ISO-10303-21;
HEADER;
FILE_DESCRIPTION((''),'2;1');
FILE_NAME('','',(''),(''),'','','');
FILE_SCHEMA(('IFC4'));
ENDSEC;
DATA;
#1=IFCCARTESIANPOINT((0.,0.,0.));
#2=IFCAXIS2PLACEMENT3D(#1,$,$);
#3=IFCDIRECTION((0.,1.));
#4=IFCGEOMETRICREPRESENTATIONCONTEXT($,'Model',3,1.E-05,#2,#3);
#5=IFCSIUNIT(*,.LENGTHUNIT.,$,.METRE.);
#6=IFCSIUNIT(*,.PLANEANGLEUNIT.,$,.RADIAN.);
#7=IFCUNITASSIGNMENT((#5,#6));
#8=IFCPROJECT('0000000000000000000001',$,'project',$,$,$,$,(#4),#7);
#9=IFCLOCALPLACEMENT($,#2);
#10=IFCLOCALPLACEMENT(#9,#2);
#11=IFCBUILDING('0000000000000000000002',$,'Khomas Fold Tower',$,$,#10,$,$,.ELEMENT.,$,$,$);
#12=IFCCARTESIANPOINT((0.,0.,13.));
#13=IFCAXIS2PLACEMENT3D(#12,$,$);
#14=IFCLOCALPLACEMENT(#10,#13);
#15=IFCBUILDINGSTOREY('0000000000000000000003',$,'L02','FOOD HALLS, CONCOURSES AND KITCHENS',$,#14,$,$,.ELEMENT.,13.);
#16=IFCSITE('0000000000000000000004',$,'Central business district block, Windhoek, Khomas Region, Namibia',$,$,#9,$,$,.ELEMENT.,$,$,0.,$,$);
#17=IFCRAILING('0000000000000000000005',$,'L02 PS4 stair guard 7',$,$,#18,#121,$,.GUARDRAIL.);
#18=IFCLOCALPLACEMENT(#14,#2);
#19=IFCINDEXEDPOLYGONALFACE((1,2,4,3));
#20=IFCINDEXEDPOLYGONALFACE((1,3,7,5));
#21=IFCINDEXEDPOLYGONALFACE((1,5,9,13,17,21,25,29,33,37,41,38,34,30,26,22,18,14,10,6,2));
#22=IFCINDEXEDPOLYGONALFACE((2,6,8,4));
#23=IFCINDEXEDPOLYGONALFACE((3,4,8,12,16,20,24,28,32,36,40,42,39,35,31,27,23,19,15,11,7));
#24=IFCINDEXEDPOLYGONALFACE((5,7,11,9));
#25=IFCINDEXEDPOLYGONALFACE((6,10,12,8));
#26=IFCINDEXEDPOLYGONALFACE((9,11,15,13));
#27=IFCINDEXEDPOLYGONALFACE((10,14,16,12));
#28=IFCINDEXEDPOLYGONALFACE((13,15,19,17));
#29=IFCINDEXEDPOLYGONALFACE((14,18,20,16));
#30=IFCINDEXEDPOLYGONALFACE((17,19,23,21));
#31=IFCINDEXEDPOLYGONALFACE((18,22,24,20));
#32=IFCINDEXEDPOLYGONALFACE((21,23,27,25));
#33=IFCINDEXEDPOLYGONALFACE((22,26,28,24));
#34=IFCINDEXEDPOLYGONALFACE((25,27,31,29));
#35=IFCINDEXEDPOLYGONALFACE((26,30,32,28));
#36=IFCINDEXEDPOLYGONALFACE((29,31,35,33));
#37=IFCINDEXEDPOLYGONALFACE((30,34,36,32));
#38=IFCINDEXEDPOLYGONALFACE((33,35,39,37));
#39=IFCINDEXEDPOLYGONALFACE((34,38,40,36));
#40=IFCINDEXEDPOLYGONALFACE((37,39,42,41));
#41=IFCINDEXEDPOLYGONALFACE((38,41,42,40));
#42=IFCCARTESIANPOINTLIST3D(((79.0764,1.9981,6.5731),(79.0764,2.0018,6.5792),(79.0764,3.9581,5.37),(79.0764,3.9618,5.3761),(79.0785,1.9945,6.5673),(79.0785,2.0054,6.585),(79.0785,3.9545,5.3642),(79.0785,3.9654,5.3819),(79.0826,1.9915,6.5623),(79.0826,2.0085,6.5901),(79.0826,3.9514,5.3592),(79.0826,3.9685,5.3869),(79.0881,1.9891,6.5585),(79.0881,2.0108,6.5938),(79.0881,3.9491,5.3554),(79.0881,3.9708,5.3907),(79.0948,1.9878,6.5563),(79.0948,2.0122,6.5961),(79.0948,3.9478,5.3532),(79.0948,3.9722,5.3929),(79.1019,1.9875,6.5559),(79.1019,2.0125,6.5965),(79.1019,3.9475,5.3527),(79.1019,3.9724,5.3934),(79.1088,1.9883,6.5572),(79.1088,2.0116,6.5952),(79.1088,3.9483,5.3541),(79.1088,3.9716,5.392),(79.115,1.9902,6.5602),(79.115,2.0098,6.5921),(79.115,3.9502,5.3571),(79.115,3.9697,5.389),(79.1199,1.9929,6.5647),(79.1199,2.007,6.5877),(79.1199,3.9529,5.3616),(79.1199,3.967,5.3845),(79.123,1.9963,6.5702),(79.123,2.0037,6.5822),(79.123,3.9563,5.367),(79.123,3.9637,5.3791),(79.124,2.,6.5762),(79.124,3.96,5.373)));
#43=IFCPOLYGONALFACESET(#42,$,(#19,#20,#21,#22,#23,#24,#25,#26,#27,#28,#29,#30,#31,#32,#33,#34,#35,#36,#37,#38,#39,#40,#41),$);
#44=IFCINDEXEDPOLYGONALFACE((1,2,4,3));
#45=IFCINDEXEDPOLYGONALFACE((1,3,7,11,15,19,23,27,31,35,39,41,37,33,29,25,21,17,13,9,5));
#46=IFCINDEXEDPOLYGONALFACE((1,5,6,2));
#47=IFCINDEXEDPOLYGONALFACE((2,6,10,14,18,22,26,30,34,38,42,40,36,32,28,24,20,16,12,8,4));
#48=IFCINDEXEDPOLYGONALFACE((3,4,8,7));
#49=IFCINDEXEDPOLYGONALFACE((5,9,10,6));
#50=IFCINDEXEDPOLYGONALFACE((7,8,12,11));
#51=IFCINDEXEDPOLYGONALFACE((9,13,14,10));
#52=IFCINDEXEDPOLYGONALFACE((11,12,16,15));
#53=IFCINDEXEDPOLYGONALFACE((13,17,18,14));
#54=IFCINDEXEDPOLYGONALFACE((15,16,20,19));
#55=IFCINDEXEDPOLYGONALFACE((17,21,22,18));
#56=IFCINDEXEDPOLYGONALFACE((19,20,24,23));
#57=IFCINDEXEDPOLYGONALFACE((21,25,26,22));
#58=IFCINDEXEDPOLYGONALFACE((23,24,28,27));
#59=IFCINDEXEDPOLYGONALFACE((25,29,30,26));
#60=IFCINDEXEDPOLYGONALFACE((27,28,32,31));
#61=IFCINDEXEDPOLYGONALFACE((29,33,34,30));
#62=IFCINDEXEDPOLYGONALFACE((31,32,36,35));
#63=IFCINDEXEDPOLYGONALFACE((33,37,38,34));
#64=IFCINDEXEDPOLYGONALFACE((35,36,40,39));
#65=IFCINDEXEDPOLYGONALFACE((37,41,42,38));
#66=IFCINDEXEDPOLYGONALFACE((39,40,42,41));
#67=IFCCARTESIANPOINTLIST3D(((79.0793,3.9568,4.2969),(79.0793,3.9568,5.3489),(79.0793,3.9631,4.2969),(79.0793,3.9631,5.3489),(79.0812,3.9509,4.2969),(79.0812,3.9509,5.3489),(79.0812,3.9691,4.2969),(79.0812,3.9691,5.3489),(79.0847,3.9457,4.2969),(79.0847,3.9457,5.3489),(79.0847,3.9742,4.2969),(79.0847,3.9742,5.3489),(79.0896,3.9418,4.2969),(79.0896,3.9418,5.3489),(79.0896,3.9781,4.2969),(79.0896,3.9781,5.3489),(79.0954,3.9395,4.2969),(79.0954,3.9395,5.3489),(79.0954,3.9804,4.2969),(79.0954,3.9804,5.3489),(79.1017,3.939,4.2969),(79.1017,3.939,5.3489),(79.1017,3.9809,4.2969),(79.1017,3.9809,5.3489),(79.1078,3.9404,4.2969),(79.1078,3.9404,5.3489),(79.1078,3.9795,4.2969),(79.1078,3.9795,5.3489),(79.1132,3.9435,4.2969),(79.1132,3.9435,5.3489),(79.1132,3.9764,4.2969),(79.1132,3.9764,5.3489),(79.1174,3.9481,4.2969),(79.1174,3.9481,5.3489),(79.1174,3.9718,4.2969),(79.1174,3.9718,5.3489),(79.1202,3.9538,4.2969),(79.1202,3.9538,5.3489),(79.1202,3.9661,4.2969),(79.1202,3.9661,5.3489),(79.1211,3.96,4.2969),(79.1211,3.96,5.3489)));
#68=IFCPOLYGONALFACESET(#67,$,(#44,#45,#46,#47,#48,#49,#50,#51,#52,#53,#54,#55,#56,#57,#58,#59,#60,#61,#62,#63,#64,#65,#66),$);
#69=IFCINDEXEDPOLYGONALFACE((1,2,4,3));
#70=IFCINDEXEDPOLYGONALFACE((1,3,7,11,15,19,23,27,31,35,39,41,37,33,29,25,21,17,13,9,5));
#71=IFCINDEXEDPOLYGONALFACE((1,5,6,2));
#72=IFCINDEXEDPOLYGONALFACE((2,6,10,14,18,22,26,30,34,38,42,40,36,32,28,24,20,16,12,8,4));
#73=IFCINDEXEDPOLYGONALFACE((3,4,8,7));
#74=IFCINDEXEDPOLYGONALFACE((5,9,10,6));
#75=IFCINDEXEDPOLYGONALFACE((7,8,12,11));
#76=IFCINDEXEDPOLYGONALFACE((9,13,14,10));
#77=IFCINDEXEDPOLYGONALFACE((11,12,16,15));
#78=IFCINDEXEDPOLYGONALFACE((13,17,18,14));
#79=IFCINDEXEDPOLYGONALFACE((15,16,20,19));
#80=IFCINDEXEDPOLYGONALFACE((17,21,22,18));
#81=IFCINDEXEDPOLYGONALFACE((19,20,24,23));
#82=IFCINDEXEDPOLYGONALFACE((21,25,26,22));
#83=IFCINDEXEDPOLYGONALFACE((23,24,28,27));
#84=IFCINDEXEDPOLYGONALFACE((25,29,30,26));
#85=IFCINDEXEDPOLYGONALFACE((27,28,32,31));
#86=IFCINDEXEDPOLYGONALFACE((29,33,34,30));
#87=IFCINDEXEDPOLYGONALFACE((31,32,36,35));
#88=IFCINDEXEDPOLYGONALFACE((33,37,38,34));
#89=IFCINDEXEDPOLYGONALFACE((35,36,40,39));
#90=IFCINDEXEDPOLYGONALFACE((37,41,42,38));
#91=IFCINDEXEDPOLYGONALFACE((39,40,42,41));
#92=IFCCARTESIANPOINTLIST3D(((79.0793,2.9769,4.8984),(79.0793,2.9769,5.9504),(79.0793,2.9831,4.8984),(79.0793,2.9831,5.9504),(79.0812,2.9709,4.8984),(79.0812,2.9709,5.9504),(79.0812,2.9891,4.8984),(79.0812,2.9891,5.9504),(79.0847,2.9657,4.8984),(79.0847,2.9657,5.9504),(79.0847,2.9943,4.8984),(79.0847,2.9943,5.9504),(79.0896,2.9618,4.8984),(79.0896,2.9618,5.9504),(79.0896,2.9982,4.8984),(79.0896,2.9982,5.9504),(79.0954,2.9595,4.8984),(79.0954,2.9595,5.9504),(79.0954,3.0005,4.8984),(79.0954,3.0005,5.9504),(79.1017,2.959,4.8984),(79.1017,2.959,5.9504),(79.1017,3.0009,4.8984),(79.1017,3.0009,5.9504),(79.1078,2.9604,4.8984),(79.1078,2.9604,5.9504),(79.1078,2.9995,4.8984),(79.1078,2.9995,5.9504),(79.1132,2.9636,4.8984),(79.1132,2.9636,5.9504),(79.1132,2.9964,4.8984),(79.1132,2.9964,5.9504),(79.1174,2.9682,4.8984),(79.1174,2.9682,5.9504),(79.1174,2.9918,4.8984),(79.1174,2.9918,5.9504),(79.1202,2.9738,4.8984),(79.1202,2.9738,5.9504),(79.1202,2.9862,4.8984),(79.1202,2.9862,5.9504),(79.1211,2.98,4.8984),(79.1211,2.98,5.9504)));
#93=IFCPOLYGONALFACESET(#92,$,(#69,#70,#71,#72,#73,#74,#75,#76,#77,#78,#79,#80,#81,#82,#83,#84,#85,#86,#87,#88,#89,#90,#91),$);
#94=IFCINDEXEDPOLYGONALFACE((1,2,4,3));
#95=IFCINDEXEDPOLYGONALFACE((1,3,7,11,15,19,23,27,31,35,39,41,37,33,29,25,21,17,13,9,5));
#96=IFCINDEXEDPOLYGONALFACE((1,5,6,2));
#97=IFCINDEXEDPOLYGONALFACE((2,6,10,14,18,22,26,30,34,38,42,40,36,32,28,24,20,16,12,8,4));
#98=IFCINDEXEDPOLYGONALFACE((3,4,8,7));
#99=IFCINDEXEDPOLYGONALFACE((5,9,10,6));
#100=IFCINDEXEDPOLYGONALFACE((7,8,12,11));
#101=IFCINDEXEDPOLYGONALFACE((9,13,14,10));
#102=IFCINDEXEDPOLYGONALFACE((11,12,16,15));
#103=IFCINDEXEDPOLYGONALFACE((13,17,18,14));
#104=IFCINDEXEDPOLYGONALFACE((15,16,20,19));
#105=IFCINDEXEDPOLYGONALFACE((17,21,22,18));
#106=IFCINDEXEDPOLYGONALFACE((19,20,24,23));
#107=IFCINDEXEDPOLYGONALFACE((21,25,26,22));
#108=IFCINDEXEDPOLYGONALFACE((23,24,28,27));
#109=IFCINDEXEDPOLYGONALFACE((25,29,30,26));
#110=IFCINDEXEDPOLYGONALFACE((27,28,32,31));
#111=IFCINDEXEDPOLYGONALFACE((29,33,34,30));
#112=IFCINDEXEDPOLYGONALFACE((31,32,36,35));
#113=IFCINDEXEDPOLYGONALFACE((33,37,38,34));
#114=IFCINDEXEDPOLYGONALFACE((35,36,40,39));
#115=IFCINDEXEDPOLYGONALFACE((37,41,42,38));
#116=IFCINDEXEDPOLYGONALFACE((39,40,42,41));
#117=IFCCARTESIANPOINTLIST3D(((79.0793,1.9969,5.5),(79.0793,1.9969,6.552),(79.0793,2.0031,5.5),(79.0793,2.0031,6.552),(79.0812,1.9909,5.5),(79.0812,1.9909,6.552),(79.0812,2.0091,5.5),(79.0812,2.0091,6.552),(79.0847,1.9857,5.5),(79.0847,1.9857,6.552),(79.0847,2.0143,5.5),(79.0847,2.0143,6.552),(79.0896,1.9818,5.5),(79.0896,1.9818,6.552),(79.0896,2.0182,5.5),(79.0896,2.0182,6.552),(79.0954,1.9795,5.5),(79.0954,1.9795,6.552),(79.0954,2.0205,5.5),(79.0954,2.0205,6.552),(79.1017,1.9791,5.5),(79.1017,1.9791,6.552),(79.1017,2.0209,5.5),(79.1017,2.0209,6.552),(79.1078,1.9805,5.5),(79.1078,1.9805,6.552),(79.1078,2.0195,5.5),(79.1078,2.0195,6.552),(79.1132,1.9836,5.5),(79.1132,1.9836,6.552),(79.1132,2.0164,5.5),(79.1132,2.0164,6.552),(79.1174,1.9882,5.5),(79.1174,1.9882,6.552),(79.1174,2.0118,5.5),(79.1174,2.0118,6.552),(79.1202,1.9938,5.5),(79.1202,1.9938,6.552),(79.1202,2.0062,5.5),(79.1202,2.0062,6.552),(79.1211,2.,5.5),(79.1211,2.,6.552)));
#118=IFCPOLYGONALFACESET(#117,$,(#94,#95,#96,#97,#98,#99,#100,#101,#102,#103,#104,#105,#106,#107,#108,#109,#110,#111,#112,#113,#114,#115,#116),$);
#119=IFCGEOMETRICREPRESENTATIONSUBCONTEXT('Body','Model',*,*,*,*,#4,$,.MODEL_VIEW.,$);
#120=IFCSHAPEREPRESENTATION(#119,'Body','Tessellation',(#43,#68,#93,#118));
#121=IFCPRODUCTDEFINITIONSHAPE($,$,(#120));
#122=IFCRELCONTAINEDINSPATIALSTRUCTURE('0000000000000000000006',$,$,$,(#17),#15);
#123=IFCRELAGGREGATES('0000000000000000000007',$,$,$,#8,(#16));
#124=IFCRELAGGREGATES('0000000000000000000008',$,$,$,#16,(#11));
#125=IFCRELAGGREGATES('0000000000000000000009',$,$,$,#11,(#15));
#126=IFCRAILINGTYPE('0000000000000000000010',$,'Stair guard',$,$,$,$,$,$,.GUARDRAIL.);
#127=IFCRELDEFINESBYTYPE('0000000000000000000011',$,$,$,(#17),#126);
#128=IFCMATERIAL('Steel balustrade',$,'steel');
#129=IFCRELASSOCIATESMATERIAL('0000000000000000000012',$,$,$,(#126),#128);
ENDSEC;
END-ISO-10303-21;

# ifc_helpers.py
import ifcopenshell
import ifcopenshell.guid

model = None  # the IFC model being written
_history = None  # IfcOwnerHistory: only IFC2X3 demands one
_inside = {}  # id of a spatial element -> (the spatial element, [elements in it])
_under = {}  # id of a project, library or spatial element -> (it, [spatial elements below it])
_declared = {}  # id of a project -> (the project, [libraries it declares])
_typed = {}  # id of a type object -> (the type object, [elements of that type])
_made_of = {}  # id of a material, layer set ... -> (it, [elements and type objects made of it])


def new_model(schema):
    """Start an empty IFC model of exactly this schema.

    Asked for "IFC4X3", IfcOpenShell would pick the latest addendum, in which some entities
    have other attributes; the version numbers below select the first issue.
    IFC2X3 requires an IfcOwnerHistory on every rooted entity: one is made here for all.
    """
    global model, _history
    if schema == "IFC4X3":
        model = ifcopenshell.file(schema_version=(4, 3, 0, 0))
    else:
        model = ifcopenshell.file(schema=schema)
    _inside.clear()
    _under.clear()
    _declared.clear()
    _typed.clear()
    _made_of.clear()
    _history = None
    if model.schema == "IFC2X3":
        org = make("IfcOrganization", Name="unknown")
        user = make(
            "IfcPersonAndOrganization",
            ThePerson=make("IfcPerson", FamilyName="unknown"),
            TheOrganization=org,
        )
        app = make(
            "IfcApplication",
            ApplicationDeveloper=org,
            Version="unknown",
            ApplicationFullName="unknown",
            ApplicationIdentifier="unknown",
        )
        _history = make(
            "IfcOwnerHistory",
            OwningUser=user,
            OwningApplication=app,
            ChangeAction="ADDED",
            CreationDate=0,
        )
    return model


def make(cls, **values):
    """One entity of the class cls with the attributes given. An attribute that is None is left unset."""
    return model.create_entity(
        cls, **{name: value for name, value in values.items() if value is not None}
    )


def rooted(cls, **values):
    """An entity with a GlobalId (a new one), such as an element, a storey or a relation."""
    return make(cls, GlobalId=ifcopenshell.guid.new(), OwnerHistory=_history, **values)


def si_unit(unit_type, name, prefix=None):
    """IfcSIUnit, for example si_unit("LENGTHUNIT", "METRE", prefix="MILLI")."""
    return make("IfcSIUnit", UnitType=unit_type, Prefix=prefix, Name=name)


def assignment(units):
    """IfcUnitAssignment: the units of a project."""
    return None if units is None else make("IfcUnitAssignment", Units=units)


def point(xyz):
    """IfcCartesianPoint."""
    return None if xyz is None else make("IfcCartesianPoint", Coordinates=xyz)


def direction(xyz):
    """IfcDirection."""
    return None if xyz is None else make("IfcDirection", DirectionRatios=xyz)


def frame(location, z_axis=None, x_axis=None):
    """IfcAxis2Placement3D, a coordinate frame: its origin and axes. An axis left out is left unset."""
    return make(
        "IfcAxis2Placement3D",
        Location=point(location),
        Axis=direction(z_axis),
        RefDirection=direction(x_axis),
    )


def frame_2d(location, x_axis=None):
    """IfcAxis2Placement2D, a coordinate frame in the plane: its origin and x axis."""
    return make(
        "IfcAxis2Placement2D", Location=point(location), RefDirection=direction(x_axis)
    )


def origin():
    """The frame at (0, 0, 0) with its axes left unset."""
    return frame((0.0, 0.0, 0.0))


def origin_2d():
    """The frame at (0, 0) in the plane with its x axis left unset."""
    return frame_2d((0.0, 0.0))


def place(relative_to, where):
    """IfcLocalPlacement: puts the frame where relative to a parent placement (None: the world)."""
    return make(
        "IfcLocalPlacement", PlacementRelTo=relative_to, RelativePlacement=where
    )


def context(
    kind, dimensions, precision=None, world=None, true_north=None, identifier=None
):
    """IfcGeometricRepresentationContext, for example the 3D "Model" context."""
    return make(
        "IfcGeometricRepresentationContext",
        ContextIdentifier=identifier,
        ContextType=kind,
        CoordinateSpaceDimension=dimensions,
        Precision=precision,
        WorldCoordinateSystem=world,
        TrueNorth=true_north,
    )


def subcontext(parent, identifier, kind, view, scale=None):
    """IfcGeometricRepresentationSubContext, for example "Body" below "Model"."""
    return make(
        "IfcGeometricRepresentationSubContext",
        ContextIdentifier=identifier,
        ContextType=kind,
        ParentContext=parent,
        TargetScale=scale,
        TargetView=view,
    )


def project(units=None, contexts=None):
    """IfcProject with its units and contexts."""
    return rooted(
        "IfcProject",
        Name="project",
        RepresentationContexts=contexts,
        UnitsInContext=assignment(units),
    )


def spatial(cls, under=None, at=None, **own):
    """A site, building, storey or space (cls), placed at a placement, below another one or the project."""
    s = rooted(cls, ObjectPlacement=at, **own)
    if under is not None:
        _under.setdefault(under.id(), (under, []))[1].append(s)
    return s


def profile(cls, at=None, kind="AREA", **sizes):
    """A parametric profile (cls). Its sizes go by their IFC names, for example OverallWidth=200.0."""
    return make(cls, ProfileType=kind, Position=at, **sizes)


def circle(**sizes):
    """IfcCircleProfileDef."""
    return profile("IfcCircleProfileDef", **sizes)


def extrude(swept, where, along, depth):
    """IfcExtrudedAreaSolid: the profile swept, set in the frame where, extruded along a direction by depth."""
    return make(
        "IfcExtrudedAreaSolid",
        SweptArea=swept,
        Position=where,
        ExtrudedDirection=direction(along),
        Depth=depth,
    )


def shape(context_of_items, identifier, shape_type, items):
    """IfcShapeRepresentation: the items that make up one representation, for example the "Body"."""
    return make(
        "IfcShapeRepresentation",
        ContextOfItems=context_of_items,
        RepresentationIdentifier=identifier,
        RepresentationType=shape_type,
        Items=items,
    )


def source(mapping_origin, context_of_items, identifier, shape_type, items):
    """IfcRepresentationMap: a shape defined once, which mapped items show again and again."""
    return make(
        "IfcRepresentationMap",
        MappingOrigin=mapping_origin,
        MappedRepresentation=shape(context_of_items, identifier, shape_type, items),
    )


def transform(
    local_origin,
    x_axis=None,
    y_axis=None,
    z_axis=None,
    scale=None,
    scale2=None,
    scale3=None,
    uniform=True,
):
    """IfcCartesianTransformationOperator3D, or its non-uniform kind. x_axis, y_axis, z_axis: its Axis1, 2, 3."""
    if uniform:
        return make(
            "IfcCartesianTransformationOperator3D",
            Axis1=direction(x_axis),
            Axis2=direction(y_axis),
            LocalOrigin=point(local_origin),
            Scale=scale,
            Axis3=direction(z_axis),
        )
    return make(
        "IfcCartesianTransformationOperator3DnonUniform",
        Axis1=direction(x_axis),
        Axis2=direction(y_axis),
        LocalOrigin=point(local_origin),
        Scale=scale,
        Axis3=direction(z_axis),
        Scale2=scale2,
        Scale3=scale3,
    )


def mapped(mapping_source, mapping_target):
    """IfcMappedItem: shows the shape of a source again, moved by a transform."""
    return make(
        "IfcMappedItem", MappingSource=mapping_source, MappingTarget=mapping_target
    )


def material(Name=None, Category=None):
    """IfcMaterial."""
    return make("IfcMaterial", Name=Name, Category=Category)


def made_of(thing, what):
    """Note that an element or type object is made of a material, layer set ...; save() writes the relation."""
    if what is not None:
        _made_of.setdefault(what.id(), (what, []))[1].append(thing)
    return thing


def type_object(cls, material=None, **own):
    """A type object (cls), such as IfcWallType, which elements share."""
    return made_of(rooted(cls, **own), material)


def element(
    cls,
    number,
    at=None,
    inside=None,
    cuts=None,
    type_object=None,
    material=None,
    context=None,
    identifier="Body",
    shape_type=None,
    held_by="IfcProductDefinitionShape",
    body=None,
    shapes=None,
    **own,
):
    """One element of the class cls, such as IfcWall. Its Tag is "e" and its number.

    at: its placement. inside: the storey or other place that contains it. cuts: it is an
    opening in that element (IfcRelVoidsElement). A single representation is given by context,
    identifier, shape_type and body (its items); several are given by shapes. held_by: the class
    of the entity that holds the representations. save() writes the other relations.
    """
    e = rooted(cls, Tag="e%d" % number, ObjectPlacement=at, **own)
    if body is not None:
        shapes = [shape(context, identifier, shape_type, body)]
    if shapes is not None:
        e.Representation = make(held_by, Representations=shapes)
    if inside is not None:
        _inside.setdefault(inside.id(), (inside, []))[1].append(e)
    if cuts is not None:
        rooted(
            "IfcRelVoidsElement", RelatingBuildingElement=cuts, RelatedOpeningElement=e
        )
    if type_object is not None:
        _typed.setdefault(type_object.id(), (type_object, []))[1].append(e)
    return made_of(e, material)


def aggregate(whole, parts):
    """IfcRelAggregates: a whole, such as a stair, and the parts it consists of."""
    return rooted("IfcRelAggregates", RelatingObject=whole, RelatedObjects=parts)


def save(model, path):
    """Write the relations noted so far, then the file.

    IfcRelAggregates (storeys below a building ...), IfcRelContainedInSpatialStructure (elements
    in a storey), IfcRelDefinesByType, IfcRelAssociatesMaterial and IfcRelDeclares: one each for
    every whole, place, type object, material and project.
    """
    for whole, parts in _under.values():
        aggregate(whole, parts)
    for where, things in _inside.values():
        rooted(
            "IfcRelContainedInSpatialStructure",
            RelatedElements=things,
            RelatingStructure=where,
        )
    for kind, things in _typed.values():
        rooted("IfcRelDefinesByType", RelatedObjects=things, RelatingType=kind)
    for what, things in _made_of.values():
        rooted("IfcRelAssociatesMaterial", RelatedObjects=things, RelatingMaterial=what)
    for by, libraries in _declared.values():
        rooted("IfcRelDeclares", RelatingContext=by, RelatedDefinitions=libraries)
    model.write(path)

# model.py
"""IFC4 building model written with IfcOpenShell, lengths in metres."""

from ifc_helpers import new_model, si_unit, direction, frame, origin, origin_2d, place, context, subcontext, project, spatial, circle, extrude, source, transform, mapped, material, type_object, element, save


model = new_model("IFC4")

# Units and contexts
model_context = context("Model", 3, precision=1e-05, world=origin(), true_north=direction((0.0, 1.0)))
body_context = subcontext(model_context, "Body", "Model", "MODEL_VIEW")
ifc_project = project(units=[si_unit("LENGTHUNIT", "METRE"), si_unit("PLANEANGLEUNIT", "RADIAN")], contexts=[model_context])

# Site, building, storey
site_placement = place(None, origin())
site = spatial("IfcSite", under=ifc_project, at=site_placement, Name="Central business district block, Windhoek, Khomas Region, Namibia", CompositionType="ELEMENT", RefElevation=0.0)
building_placement = place(site_placement, origin())
building = spatial("IfcBuilding", under=site, at=building_placement, Name="Khomas Fold Tower", CompositionType="ELEMENT")
storey_placement = place(building_placement, frame((0.0, 0.0, 13.0)))
storey = spatial("IfcBuildingStorey", under=building, at=storey_placement, Name="L02", Description="FOOD HALLS, CONCOURSES AND KITCHENS", CompositionType="ELEMENT", Elevation=13.0)

# Railing
ifc_material_1 = material(Name="Steel balustrade", Category="steel")
railing_type_1 = type_object("IfcRailingType", Name="Stair guard", PredefinedType="GUARDRAIL", material=ifc_material_1)
shared_shape_1 = source(origin(), body_context, "Body", "SweptSolid", [
    extrude(circle(Radius=0.0239, at=origin_2d()), frame((0.0, 0.0, 1.0762), z_axis=(0.0, -0.852241, 0.523149), x_axis=(1.0, 0.0, 0.0)), (0.0, 0.0, 1.0), 2.2998),
    extrude(circle(Radius=0.021, at=origin_2d()), origin(), (0.0, 0.0, 1.0), 1.052),
    extrude(circle(Radius=0.021, at=origin_2d()), frame((0.0, -0.98, 0.6016)), (0.0, 0.0, 1.0), 1.052),
    extrude(circle(Radius=0.021, at=origin_2d()), frame((0.0, -1.96, 1.2031)), (0.0, 0.0, 1.0), 1.052),
])
for number, where, name in (
    (1, (79.1001, 3.96, 4.2969), "L02 PS4 stair guard 7"),
):
    element("IfcRailing", number, at=place(storey_placement, frame(where)), inside=storey, type_object=railing_type_1, Name=name, PredefinedType="GUARDRAIL", context=body_context, shape_type="MappedRepresentation", body=[
        mapped(shared_shape_1, transform((0.0, 0.0, 0.0))),
    ])

save(model, "model.ifc")
